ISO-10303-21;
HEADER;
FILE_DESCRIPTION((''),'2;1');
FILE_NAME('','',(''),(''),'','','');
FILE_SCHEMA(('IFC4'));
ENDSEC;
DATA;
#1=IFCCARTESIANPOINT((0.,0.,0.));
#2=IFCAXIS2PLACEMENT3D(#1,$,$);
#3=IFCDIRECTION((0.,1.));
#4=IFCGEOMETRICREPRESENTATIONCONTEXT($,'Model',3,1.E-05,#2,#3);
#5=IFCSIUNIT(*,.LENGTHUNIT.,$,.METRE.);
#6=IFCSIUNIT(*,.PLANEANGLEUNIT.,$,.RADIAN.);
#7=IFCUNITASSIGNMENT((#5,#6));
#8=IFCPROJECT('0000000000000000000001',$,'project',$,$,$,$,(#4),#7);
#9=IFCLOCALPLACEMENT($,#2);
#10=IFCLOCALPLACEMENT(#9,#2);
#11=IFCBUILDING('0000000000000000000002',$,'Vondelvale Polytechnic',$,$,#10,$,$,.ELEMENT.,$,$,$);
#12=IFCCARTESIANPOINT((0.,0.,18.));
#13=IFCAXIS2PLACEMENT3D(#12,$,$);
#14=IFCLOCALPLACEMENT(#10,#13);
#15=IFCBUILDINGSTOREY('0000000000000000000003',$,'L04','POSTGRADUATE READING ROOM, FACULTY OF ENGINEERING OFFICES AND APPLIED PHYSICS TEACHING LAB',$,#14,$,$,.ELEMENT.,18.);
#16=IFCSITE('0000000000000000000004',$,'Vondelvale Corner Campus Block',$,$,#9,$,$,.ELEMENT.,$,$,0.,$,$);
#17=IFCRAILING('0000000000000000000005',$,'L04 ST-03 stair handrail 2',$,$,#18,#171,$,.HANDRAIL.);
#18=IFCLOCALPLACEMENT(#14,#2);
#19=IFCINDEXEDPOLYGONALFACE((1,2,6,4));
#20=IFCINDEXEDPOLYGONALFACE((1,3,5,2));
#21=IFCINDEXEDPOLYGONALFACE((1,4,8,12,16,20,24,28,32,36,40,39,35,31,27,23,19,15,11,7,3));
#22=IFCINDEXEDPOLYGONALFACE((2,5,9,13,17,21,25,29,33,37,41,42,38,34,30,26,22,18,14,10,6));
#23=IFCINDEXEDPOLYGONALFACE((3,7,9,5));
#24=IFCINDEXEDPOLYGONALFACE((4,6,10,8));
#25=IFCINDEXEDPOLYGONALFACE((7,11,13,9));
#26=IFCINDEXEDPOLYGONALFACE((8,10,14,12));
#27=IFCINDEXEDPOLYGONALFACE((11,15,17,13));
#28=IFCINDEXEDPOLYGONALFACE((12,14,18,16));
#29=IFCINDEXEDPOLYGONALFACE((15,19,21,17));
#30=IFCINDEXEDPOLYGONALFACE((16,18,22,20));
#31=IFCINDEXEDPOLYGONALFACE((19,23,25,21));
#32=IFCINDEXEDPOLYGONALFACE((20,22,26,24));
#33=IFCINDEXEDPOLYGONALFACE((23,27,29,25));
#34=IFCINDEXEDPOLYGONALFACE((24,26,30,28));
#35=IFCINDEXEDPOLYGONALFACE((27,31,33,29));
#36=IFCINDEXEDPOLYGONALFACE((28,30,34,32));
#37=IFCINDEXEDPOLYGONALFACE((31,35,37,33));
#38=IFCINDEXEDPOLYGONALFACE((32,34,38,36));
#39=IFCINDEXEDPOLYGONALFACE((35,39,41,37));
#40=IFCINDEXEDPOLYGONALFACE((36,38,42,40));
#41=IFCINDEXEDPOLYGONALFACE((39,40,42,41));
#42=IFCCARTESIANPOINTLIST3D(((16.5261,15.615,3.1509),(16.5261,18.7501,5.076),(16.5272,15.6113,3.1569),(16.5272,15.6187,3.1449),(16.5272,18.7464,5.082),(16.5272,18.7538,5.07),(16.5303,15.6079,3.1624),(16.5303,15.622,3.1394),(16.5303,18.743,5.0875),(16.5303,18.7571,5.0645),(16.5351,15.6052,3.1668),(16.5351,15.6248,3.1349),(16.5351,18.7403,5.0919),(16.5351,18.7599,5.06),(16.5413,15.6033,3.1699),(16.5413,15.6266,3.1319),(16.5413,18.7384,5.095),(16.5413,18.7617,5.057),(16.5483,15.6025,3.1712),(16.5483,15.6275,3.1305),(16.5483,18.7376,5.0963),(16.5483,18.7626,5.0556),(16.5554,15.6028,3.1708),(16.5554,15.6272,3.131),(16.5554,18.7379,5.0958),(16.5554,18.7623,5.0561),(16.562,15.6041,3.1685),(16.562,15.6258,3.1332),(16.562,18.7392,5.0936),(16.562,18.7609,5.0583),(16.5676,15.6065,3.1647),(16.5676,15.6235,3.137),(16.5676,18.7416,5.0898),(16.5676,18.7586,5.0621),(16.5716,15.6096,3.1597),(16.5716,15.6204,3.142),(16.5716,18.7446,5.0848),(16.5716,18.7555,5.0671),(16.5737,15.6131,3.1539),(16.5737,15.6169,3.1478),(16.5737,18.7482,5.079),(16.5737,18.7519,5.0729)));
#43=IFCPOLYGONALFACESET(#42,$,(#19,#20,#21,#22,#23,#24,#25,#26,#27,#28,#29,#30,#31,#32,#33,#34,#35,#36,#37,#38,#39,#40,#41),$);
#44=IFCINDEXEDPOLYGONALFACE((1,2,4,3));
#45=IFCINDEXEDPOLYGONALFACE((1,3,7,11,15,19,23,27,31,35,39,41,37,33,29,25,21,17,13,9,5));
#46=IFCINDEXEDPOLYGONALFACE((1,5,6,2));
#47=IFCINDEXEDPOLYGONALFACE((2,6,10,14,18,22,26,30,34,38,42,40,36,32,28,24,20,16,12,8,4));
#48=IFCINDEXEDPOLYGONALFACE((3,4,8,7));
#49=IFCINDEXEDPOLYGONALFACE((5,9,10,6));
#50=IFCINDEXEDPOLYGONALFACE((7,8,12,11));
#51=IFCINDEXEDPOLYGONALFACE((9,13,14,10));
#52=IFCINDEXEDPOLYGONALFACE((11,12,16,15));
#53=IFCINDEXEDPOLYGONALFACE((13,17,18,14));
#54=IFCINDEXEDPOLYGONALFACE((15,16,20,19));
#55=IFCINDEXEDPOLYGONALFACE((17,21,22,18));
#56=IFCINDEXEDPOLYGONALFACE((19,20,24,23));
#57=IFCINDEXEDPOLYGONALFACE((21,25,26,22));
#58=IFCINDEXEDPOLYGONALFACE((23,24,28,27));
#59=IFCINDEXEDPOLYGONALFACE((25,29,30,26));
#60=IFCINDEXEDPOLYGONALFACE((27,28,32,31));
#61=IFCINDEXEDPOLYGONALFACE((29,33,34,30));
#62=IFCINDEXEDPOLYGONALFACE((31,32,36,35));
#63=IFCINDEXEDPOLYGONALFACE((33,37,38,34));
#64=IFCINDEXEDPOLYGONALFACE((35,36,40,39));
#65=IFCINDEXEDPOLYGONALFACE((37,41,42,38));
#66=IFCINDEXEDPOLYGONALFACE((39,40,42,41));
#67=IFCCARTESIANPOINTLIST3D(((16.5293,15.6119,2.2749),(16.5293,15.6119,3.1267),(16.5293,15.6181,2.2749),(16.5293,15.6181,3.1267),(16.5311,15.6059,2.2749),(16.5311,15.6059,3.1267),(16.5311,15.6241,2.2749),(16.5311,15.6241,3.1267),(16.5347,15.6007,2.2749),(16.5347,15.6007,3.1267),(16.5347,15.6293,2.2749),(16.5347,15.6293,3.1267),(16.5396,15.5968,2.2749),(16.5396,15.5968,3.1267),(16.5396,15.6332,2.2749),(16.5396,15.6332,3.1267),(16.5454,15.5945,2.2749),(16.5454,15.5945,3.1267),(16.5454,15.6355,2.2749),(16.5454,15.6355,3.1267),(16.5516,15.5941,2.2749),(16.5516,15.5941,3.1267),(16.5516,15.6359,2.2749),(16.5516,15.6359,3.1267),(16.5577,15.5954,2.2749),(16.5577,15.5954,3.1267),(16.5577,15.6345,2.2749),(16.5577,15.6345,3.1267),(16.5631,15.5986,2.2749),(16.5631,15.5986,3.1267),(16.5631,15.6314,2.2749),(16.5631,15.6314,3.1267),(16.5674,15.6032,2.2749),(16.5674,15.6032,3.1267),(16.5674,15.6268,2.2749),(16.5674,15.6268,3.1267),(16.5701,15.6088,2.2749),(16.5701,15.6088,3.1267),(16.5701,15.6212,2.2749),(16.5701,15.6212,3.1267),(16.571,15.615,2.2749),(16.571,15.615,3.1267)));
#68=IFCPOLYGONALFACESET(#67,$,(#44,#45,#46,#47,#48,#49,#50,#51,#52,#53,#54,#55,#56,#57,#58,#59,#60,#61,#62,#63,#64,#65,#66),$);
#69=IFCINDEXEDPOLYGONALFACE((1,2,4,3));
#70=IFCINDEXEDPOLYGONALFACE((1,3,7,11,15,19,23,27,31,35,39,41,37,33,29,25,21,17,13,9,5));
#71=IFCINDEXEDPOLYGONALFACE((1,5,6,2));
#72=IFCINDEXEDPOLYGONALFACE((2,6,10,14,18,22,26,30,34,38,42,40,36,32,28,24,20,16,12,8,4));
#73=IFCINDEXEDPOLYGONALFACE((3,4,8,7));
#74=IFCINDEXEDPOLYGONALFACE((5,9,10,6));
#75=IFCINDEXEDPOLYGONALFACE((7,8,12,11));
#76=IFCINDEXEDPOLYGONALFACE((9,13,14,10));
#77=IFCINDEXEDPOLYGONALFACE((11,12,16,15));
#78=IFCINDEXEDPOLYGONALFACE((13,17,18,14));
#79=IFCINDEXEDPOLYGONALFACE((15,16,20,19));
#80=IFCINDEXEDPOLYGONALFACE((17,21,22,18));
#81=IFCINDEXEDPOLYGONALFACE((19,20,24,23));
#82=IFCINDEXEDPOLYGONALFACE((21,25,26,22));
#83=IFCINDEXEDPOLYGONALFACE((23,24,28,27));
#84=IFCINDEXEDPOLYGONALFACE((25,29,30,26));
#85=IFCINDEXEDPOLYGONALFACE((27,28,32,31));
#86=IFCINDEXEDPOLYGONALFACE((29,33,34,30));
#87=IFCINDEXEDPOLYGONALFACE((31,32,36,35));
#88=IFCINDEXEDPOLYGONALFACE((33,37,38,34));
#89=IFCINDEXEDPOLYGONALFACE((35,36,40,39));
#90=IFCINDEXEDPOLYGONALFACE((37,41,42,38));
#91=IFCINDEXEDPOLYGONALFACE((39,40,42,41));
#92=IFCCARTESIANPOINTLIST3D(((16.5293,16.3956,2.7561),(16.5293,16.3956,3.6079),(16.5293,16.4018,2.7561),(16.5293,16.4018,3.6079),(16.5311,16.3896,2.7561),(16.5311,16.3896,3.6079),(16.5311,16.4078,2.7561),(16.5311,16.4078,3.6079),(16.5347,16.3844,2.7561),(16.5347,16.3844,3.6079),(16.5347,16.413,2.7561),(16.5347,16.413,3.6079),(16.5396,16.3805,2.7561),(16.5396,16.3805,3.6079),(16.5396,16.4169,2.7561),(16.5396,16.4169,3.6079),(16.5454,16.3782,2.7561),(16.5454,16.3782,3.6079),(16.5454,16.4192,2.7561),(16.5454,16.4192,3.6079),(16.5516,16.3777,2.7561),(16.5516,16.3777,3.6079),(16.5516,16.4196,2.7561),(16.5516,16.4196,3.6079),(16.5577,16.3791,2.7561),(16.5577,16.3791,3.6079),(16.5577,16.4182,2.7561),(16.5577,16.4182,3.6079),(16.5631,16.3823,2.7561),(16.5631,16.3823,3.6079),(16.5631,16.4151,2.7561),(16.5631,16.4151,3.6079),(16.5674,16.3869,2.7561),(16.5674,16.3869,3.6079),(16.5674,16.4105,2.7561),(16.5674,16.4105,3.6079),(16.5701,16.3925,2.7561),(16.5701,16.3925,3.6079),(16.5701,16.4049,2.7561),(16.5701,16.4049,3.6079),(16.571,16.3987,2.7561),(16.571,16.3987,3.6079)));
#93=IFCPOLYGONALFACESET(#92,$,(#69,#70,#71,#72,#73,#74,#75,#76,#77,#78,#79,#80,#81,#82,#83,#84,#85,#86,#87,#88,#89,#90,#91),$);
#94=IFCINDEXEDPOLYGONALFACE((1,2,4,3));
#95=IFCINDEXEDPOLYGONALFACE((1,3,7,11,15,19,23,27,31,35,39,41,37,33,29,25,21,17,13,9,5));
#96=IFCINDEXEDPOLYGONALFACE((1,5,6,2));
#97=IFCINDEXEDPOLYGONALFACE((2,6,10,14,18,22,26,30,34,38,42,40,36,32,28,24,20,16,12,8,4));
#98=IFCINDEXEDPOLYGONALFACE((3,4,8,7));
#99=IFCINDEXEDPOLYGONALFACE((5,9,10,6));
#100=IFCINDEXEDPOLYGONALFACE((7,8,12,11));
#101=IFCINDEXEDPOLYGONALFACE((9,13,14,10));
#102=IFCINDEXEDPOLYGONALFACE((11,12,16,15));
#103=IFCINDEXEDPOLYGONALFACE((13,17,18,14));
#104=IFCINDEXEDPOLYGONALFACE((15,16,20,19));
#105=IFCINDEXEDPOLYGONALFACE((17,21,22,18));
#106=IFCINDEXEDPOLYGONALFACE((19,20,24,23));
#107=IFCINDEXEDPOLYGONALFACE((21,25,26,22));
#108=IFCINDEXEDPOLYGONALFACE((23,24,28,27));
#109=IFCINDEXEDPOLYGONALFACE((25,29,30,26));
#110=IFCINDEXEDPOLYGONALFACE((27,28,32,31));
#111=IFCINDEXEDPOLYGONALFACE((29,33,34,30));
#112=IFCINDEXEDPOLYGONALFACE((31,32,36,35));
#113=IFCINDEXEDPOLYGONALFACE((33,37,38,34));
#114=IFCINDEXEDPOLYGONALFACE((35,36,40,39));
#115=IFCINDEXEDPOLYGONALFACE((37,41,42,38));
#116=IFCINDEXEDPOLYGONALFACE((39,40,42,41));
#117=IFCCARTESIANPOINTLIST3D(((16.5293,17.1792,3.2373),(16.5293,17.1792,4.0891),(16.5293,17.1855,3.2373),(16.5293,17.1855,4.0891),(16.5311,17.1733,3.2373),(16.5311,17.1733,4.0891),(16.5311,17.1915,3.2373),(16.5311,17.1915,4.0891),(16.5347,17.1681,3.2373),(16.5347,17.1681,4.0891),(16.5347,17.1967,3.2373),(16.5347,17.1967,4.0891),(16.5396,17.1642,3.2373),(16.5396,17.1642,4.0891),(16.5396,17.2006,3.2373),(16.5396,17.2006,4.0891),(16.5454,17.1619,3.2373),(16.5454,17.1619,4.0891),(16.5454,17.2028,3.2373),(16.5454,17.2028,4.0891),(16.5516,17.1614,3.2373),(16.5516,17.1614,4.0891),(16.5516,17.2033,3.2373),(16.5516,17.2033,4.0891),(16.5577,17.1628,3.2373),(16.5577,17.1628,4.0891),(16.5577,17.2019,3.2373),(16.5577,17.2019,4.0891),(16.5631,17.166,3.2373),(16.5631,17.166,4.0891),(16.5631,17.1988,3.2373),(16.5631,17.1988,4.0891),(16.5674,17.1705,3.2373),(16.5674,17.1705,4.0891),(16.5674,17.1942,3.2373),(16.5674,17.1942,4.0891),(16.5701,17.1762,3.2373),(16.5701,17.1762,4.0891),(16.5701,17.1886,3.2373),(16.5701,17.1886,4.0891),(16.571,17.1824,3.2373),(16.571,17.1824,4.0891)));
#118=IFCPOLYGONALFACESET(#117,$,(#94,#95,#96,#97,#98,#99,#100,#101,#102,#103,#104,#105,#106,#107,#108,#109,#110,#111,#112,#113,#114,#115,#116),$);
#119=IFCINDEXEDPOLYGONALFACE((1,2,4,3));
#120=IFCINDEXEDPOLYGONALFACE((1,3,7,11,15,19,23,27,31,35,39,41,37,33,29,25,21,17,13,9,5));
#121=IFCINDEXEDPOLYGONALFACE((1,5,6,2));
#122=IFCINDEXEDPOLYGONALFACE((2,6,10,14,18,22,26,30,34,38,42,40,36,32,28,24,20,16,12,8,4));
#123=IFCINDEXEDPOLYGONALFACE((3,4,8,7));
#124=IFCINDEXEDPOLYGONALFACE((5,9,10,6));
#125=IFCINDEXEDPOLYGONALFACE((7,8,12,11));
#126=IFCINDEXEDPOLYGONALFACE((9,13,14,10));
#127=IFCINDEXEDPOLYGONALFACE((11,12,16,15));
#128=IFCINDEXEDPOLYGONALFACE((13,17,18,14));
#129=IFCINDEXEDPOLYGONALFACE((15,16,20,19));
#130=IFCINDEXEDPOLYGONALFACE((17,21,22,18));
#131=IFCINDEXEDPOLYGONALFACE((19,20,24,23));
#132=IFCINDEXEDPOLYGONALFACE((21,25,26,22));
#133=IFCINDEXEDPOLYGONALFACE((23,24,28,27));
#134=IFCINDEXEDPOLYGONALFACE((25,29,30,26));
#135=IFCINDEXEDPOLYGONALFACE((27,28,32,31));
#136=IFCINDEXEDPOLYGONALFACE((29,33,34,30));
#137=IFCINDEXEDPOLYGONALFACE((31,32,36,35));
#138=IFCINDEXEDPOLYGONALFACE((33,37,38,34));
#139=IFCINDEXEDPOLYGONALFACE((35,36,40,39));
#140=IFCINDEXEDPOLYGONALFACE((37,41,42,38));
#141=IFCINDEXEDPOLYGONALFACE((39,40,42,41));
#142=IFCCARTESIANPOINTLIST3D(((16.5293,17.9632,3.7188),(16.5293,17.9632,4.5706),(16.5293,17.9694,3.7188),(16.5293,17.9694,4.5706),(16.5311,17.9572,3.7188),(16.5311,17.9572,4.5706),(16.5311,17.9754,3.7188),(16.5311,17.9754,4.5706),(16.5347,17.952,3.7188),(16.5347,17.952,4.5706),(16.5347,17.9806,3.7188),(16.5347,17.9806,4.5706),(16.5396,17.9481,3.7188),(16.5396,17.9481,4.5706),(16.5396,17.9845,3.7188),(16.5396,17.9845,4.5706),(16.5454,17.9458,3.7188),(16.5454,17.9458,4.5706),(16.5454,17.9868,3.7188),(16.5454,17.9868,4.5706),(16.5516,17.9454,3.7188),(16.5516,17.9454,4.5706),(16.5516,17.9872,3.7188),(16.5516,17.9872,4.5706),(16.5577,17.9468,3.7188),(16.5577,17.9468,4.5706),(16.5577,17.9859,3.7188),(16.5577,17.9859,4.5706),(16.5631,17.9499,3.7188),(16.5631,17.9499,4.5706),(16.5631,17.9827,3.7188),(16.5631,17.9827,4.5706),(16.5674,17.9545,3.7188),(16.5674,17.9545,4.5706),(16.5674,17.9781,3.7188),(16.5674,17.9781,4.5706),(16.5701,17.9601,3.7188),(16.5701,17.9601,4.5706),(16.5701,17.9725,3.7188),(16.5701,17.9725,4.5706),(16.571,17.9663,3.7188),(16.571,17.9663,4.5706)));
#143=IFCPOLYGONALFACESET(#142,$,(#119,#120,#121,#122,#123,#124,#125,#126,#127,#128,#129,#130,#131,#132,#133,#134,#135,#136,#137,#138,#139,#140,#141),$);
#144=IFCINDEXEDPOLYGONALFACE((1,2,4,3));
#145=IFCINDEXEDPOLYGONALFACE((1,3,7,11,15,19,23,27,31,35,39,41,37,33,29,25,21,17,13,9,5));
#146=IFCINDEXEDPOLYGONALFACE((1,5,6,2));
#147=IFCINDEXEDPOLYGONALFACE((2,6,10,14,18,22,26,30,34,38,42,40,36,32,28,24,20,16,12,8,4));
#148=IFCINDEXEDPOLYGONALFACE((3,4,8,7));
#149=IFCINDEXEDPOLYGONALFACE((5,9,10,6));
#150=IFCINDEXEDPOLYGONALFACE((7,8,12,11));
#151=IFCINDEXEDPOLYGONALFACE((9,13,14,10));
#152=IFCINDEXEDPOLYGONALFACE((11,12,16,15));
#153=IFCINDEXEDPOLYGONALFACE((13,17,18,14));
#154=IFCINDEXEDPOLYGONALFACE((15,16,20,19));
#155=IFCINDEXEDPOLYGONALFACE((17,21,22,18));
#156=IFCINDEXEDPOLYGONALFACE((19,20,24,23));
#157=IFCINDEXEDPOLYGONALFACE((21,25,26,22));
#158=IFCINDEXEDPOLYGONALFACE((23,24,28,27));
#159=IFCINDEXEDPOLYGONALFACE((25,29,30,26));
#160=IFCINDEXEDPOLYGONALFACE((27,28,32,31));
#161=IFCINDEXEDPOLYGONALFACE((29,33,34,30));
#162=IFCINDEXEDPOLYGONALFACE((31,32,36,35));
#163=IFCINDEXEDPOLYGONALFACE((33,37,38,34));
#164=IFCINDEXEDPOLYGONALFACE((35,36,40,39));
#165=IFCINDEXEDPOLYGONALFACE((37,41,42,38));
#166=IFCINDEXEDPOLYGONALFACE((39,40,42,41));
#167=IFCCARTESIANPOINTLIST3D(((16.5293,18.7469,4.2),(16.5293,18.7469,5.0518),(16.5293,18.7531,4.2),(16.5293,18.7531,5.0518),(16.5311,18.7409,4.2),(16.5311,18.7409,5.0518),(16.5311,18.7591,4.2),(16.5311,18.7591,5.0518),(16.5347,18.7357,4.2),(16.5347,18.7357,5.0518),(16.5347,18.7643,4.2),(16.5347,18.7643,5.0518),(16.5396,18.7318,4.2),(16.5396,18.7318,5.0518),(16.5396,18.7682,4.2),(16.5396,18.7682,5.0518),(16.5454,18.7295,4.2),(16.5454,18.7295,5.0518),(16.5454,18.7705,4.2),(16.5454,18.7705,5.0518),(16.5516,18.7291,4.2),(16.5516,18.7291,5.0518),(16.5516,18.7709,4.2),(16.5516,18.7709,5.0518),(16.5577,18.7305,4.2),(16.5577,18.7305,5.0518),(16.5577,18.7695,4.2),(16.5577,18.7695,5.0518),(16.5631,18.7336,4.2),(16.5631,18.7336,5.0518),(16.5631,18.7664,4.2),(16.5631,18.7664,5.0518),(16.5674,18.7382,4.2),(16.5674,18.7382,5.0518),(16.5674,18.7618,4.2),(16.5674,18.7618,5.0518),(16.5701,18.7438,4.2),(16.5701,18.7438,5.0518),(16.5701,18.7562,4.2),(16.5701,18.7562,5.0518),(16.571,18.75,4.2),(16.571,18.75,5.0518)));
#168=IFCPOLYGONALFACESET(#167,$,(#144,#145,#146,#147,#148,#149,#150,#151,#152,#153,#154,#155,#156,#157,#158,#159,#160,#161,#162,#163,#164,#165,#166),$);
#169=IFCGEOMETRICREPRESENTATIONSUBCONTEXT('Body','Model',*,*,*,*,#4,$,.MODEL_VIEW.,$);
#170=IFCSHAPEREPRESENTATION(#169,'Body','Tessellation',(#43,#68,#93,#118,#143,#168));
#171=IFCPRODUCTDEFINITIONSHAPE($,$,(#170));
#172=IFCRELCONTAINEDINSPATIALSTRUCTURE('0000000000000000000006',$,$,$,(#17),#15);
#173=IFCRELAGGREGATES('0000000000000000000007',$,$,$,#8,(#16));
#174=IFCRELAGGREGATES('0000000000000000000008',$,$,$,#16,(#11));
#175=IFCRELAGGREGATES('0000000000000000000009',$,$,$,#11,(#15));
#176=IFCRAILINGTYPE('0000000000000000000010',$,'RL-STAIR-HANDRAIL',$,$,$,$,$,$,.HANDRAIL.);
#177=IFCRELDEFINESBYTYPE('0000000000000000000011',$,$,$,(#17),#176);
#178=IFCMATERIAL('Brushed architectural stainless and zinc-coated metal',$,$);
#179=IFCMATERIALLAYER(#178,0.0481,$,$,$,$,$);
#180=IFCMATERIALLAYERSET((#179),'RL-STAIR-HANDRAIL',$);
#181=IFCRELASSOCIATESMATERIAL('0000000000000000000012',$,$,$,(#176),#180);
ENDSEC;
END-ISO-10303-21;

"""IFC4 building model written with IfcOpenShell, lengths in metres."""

from ifc_helpers import new_model, si_unit, direction, frame, origin, origin_2d, place, context, subcontext, project, spatial, circle, extrude, material, layer, layer_set, type_object, element, save


model = new_model("IFC4")

# Units and contexts
model_context = context("Model", 3, precision=1e-05, world=origin(), true_north=direction((0.0, 1.0)))
body_context = subcontext(model_context, "Body", "Model", "MODEL_VIEW")
ifc_project = project(units=[si_unit("LENGTHUNIT", "METRE"), si_unit("PLANEANGLEUNIT", "RADIAN")], contexts=[model_context])

# Site, building, storey
site_placement = place(None, origin())
site = spatial("IfcSite", under=ifc_project, at=site_placement, Name="Vondelvale Corner Campus Block", CompositionType="ELEMENT", RefElevation=0.0)
building_placement = place(site_placement, origin())
building = spatial("IfcBuilding", under=site, at=building_placement, Name="Vondelvale Polytechnic", CompositionType="ELEMENT")
storey_placement = place(building_placement, frame((0.0, 0.0, 18.0)))
storey = spatial("IfcBuildingStorey", under=building, at=storey_placement, Name="L04", Description="POSTGRADUATE READING ROOM, FACULTY OF ENGINEERING OFFICES AND APPLIED PHYSICS TEACHING LAB", CompositionType="ELEMENT", Elevation=18.0)

# Shared definitions
ifc_material_1 = material(Name="Brushed architectural stainless and zinc-coated metal")

# Railing
ifc_layer_1 = layer(ifc_material_1, 0.0481)
ifc_layer_set_1 = layer_set([ifc_layer_1], Name="RL-STAIR-HANDRAIL")
railing_type_1 = type_object("IfcRailingType", Name="RL-STAIR-HANDRAIL", PredefinedType="HANDRAIL", material=ifc_layer_set_1)
railing_1_placement = place(storey_placement, frame((16.55, 15.615, 2.2749)))
element("IfcRailing", 1, at=railing_1_placement, inside=storey, type_object=railing_type_1, Name="L04 ST-03 stair handrail 2", PredefinedType="HANDRAIL", context=body_context, shape_type="SweptSolid", body=[
    extrude(circle(Radius=0.0239, at=origin_2d()), frame((0.0, 0.0, 0.876), z_axis=(0.0, 0.852166, 0.523271), x_axis=(-1.0, 0.0, 0.0)), (0.0, 0.0, 1.0), 3.679),
    extrude(circle(Radius=0.021, at=origin_2d()), origin(), (0.0, 0.0, 1.0), 0.8518),
    extrude(circle(Radius=0.021, at=origin_2d()), frame((0.0, 0.7837, 0.4812)), (0.0, 0.0, 1.0), 0.8518),
    extrude(circle(Radius=0.021, at=origin_2d()), frame((0.0, 1.5674, 0.9624)), (0.0, 0.0, 1.0), 0.8518),
    extrude(circle(Radius=0.021, at=origin_2d()), frame((0.0, 2.3513, 1.4438)), (0.0, 0.0, 1.0), 0.8518),
    extrude(circle(Radius=0.021, at=origin_2d()), frame((0.0, 3.135, 1.925)), (0.0, 0.0, 1.0), 0.8518),
])

save(model, "model.ifc")
